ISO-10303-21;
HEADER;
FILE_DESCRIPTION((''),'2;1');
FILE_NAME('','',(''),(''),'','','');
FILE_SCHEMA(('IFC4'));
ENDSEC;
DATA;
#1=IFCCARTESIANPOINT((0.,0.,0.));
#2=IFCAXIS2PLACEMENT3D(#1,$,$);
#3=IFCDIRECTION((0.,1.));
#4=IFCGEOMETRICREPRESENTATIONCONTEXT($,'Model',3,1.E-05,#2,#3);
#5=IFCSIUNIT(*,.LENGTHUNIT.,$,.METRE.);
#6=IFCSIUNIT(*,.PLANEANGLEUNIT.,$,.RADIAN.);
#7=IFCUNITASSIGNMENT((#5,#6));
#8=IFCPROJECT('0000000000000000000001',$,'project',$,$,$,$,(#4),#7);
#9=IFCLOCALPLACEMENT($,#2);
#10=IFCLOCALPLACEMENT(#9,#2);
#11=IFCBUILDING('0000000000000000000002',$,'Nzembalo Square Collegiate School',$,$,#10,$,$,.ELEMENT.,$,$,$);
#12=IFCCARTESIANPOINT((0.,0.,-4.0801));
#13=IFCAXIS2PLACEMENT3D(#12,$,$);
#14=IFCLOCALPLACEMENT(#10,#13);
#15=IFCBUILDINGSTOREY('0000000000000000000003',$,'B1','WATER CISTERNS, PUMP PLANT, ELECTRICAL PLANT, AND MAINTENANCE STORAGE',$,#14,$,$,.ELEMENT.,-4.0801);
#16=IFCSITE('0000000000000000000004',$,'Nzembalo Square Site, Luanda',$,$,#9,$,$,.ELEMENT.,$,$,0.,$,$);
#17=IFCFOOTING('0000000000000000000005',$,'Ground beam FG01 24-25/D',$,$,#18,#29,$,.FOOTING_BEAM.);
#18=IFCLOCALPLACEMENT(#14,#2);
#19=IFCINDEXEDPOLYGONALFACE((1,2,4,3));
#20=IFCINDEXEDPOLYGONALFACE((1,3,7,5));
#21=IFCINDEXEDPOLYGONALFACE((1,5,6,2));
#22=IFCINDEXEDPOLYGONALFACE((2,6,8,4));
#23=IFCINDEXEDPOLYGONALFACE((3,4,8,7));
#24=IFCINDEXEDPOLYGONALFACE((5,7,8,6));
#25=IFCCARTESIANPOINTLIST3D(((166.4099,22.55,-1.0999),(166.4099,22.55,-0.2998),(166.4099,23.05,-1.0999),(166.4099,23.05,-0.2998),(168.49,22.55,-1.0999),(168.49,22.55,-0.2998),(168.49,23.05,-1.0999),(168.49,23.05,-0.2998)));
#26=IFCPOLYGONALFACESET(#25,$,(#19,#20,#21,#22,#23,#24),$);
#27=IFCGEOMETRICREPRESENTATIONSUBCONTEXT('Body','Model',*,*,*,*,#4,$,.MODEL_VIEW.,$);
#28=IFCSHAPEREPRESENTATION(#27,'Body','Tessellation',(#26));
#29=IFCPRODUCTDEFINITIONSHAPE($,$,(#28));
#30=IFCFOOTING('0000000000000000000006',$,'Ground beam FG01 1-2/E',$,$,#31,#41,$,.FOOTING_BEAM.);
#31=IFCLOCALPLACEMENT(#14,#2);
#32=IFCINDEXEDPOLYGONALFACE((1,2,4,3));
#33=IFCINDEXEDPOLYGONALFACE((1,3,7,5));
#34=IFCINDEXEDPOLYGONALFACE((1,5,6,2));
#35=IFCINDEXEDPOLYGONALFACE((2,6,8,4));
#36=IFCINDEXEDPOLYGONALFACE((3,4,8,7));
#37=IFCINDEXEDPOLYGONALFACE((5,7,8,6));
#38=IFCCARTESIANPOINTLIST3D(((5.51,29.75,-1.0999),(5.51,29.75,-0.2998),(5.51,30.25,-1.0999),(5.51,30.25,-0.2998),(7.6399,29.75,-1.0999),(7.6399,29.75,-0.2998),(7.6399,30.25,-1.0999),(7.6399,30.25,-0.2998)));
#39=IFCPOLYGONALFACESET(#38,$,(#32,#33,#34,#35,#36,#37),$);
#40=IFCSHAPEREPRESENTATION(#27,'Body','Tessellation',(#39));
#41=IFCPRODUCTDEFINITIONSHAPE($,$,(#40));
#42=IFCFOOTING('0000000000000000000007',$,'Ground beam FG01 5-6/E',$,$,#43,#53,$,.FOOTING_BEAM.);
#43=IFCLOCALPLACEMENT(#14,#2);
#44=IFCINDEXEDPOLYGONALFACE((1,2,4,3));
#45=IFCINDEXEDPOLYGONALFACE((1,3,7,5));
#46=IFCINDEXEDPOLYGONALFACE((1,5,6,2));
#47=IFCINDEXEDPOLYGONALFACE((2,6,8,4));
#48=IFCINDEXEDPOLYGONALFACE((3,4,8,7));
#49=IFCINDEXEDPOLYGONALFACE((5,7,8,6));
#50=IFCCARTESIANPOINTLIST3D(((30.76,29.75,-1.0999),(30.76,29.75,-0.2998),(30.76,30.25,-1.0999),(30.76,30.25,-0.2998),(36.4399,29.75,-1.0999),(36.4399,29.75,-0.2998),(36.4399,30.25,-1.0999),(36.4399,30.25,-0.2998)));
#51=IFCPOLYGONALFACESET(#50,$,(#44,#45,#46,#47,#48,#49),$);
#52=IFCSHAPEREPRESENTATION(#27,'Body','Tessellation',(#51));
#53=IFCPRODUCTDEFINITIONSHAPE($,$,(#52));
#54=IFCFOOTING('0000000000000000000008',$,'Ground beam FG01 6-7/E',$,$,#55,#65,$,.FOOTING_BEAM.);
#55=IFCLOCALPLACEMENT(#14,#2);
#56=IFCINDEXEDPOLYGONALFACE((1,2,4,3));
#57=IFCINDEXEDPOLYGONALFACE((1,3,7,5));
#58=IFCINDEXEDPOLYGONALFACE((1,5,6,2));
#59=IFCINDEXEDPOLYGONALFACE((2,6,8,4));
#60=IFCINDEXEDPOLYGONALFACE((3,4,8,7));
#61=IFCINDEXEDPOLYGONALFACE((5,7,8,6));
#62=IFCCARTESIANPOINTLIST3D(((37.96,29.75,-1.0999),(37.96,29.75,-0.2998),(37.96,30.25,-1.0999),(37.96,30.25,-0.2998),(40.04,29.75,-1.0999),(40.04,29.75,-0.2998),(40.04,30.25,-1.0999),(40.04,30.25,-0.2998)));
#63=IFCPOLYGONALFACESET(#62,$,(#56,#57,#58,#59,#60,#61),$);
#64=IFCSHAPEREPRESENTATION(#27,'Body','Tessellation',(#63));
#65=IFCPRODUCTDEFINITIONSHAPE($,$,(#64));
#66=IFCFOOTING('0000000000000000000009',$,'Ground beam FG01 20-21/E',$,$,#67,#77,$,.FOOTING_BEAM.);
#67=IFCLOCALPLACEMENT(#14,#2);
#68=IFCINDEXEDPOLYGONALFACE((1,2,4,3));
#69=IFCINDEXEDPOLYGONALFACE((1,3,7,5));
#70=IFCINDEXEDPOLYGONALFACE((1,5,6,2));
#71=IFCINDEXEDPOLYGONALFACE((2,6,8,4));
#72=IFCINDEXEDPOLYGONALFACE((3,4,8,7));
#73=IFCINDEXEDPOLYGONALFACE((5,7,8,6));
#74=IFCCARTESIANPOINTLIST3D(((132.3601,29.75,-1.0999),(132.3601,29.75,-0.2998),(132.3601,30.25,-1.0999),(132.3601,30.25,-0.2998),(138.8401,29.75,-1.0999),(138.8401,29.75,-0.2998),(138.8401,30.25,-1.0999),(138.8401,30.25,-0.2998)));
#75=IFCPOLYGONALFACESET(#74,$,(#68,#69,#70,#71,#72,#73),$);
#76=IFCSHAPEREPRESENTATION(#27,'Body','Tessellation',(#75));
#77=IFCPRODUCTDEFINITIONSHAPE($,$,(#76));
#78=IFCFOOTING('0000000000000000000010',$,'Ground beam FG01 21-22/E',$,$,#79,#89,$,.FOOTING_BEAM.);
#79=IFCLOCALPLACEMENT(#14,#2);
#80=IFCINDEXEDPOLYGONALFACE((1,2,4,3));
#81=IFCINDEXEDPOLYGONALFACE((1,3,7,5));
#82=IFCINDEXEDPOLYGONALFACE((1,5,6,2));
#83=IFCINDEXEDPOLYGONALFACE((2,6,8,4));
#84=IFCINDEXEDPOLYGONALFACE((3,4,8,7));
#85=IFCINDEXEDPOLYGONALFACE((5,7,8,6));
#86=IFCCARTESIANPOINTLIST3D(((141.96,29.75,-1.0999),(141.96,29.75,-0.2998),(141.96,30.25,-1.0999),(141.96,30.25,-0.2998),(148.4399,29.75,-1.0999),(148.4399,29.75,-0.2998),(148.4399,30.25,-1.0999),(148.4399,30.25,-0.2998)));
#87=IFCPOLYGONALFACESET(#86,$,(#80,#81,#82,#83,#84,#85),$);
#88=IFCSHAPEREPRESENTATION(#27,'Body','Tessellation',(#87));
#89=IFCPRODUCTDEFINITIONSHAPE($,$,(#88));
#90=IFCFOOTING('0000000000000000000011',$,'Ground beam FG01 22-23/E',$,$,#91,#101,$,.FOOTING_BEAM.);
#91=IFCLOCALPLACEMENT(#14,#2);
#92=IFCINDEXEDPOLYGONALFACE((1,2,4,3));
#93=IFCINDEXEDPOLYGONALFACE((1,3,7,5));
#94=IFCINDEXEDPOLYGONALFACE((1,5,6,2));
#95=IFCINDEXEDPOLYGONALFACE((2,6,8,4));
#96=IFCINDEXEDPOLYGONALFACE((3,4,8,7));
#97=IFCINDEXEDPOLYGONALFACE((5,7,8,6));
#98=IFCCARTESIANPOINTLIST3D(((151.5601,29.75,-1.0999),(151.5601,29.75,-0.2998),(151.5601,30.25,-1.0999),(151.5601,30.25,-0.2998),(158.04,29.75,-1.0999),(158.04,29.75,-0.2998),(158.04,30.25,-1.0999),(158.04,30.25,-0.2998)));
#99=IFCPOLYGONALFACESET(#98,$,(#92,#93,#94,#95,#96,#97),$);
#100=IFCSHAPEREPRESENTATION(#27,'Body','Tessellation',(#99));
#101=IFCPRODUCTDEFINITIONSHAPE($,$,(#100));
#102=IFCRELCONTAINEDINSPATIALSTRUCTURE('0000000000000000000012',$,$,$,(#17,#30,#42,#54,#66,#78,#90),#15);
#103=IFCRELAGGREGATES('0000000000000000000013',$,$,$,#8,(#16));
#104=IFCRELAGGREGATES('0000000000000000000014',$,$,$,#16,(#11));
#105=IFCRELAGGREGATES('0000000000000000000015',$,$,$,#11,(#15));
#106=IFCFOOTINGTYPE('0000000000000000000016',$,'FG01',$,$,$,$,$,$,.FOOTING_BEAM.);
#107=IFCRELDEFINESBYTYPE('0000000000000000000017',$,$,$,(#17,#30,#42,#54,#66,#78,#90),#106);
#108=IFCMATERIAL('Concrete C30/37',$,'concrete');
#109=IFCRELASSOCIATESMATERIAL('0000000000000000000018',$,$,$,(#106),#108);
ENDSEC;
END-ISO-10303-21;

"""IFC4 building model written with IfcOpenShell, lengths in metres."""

from ifc_helpers import new_model, si_unit, direction, frame, origin, place, context, subcontext, project, spatial, polyline, outline, extrude, material, type_object, element, save


model = new_model("IFC4")

# Units and contexts
model_context = context("Model", 3, precision=1e-05, world=origin(), true_north=direction((0.0, 1.0)))
body_context = subcontext(model_context, "Body", "Model", "MODEL_VIEW")
ifc_project = project(units=[si_unit("LENGTHUNIT", "METRE"), si_unit("PLANEANGLEUNIT", "RADIAN")], contexts=[model_context])

# Site, building, storey
site_placement = place(None, origin())
site = spatial("IfcSite", under=ifc_project, at=site_placement, Name="Nzembalo Square Site, Luanda", CompositionType="ELEMENT", RefElevation=0.0)
building_placement = place(site_placement, origin())
building = spatial("IfcBuilding", under=site, at=building_placement, Name="Nzembalo Square Collegiate School", CompositionType="ELEMENT")
storey_placement = place(building_placement, frame((0.0, 0.0, -4.0801)))
storey = spatial("IfcBuildingStorey", under=building, at=storey_placement, Name="B1", Description="WATER CISTERNS, PUMP PLANT, ELECTRICAL PLANT, AND MAINTENANCE STORAGE", CompositionType="ELEMENT", Elevation=-4.0801)

# Footings
ifc_material = material(Name="Concrete C30/37", Category="concrete")
footing_type = type_object("IfcFootingType", Name="FG01", PredefinedType="FOOTING_BEAM", material=ifc_material)
footing_1_placement = place(storey_placement, frame((0.0, 0.0, -1.0999)))
element("IfcFooting", 1, at=footing_1_placement, inside=storey, type_object=footing_type, Name="Ground beam FG01 24-25/D", PredefinedType="FOOTING_BEAM", context=body_context, shape_type="SweptSolid", body=[
    extrude(outline(polyline([(166.4099, 22.55), (168.49, 22.55), (168.49, 23.05), (166.4099, 23.05), (166.4099, 22.55)])), origin(), (0.0, 0.0, 1.0), 0.8),
])
footing_2_placement = place(storey_placement, frame((0.0, 0.0, -1.0999)))
element("IfcFooting", 2, at=footing_2_placement, inside=storey, type_object=footing_type, Name="Ground beam FG01 1-2/E", PredefinedType="FOOTING_BEAM", context=body_context, shape_type="SweptSolid", body=[
    extrude(outline(polyline([(5.51, 29.75), (7.6399, 29.75), (7.6399, 30.25), (5.51, 30.25), (5.51, 29.75)])), origin(), (0.0, 0.0, 1.0), 0.8),
])
footing_3_placement = place(storey_placement, frame((0.0, 0.0, -1.0999)))
element("IfcFooting", 3, at=footing_3_placement, inside=storey, type_object=footing_type, Name="Ground beam FG01 5-6/E", PredefinedType="FOOTING_BEAM", context=body_context, shape_type="SweptSolid", body=[
    extrude(outline(polyline([(30.76, 29.75), (36.4399, 29.75), (36.4399, 30.25), (30.76, 30.25), (30.76, 29.75)])), origin(), (0.0, 0.0, 1.0), 0.8),
])
footing_4_placement = place(storey_placement, frame((0.0, 0.0, -1.0999)))
element("IfcFooting", 4, at=footing_4_placement, inside=storey, type_object=footing_type, Name="Ground beam FG01 6-7/E", PredefinedType="FOOTING_BEAM", context=body_context, shape_type="SweptSolid", body=[
    extrude(outline(polyline([(37.96, 29.75), (40.04, 29.75), (40.04, 30.25), (37.96, 30.25), (37.96, 29.75)])), origin(), (0.0, 0.0, 1.0), 0.8),
])
footing_5_placement = place(storey_placement, frame((0.0, 0.0, -1.0999)))
element("IfcFooting", 5, at=footing_5_placement, inside=storey, type_object=footing_type, Name="Ground beam FG01 20-21/E", PredefinedType="FOOTING_BEAM", context=body_context, shape_type="SweptSolid", body=[
    extrude(outline(polyline([(132.3601, 29.75), (138.8401, 29.75), (138.8401, 30.25), (132.3601, 30.25), (132.3601, 29.75)])), origin(), (0.0, 0.0, 1.0), 0.8),
])
footing_6_placement = place(storey_placement, frame((0.0, 0.0, -1.0999)))
element("IfcFooting", 6, at=footing_6_placement, inside=storey, type_object=footing_type, Name="Ground beam FG01 21-22/E", PredefinedType="FOOTING_BEAM", context=body_context, shape_type="SweptSolid", body=[
    extrude(outline(polyline([(141.96, 29.75), (148.4399, 29.75), (148.4399, 30.25), (141.96, 30.25), (141.96, 29.75)])), origin(), (0.0, 0.0, 1.0), 0.8),
])
footing_7_placement = place(storey_placement, frame((0.0, 0.0, -1.0999)))
element("IfcFooting", 7, at=footing_7_placement, inside=storey, type_object=footing_type, Name="Ground beam FG01 22-23/E", PredefinedType="FOOTING_BEAM", context=body_context, shape_type="SweptSolid", body=[
    extrude(outline(polyline([(151.5601, 29.75), (158.04, 29.75), (158.04, 30.25), (151.5601, 30.25), (151.5601, 29.75)])), origin(), (0.0, 0.0, 1.0), 0.8),
])

save(model, "model.ifc")
